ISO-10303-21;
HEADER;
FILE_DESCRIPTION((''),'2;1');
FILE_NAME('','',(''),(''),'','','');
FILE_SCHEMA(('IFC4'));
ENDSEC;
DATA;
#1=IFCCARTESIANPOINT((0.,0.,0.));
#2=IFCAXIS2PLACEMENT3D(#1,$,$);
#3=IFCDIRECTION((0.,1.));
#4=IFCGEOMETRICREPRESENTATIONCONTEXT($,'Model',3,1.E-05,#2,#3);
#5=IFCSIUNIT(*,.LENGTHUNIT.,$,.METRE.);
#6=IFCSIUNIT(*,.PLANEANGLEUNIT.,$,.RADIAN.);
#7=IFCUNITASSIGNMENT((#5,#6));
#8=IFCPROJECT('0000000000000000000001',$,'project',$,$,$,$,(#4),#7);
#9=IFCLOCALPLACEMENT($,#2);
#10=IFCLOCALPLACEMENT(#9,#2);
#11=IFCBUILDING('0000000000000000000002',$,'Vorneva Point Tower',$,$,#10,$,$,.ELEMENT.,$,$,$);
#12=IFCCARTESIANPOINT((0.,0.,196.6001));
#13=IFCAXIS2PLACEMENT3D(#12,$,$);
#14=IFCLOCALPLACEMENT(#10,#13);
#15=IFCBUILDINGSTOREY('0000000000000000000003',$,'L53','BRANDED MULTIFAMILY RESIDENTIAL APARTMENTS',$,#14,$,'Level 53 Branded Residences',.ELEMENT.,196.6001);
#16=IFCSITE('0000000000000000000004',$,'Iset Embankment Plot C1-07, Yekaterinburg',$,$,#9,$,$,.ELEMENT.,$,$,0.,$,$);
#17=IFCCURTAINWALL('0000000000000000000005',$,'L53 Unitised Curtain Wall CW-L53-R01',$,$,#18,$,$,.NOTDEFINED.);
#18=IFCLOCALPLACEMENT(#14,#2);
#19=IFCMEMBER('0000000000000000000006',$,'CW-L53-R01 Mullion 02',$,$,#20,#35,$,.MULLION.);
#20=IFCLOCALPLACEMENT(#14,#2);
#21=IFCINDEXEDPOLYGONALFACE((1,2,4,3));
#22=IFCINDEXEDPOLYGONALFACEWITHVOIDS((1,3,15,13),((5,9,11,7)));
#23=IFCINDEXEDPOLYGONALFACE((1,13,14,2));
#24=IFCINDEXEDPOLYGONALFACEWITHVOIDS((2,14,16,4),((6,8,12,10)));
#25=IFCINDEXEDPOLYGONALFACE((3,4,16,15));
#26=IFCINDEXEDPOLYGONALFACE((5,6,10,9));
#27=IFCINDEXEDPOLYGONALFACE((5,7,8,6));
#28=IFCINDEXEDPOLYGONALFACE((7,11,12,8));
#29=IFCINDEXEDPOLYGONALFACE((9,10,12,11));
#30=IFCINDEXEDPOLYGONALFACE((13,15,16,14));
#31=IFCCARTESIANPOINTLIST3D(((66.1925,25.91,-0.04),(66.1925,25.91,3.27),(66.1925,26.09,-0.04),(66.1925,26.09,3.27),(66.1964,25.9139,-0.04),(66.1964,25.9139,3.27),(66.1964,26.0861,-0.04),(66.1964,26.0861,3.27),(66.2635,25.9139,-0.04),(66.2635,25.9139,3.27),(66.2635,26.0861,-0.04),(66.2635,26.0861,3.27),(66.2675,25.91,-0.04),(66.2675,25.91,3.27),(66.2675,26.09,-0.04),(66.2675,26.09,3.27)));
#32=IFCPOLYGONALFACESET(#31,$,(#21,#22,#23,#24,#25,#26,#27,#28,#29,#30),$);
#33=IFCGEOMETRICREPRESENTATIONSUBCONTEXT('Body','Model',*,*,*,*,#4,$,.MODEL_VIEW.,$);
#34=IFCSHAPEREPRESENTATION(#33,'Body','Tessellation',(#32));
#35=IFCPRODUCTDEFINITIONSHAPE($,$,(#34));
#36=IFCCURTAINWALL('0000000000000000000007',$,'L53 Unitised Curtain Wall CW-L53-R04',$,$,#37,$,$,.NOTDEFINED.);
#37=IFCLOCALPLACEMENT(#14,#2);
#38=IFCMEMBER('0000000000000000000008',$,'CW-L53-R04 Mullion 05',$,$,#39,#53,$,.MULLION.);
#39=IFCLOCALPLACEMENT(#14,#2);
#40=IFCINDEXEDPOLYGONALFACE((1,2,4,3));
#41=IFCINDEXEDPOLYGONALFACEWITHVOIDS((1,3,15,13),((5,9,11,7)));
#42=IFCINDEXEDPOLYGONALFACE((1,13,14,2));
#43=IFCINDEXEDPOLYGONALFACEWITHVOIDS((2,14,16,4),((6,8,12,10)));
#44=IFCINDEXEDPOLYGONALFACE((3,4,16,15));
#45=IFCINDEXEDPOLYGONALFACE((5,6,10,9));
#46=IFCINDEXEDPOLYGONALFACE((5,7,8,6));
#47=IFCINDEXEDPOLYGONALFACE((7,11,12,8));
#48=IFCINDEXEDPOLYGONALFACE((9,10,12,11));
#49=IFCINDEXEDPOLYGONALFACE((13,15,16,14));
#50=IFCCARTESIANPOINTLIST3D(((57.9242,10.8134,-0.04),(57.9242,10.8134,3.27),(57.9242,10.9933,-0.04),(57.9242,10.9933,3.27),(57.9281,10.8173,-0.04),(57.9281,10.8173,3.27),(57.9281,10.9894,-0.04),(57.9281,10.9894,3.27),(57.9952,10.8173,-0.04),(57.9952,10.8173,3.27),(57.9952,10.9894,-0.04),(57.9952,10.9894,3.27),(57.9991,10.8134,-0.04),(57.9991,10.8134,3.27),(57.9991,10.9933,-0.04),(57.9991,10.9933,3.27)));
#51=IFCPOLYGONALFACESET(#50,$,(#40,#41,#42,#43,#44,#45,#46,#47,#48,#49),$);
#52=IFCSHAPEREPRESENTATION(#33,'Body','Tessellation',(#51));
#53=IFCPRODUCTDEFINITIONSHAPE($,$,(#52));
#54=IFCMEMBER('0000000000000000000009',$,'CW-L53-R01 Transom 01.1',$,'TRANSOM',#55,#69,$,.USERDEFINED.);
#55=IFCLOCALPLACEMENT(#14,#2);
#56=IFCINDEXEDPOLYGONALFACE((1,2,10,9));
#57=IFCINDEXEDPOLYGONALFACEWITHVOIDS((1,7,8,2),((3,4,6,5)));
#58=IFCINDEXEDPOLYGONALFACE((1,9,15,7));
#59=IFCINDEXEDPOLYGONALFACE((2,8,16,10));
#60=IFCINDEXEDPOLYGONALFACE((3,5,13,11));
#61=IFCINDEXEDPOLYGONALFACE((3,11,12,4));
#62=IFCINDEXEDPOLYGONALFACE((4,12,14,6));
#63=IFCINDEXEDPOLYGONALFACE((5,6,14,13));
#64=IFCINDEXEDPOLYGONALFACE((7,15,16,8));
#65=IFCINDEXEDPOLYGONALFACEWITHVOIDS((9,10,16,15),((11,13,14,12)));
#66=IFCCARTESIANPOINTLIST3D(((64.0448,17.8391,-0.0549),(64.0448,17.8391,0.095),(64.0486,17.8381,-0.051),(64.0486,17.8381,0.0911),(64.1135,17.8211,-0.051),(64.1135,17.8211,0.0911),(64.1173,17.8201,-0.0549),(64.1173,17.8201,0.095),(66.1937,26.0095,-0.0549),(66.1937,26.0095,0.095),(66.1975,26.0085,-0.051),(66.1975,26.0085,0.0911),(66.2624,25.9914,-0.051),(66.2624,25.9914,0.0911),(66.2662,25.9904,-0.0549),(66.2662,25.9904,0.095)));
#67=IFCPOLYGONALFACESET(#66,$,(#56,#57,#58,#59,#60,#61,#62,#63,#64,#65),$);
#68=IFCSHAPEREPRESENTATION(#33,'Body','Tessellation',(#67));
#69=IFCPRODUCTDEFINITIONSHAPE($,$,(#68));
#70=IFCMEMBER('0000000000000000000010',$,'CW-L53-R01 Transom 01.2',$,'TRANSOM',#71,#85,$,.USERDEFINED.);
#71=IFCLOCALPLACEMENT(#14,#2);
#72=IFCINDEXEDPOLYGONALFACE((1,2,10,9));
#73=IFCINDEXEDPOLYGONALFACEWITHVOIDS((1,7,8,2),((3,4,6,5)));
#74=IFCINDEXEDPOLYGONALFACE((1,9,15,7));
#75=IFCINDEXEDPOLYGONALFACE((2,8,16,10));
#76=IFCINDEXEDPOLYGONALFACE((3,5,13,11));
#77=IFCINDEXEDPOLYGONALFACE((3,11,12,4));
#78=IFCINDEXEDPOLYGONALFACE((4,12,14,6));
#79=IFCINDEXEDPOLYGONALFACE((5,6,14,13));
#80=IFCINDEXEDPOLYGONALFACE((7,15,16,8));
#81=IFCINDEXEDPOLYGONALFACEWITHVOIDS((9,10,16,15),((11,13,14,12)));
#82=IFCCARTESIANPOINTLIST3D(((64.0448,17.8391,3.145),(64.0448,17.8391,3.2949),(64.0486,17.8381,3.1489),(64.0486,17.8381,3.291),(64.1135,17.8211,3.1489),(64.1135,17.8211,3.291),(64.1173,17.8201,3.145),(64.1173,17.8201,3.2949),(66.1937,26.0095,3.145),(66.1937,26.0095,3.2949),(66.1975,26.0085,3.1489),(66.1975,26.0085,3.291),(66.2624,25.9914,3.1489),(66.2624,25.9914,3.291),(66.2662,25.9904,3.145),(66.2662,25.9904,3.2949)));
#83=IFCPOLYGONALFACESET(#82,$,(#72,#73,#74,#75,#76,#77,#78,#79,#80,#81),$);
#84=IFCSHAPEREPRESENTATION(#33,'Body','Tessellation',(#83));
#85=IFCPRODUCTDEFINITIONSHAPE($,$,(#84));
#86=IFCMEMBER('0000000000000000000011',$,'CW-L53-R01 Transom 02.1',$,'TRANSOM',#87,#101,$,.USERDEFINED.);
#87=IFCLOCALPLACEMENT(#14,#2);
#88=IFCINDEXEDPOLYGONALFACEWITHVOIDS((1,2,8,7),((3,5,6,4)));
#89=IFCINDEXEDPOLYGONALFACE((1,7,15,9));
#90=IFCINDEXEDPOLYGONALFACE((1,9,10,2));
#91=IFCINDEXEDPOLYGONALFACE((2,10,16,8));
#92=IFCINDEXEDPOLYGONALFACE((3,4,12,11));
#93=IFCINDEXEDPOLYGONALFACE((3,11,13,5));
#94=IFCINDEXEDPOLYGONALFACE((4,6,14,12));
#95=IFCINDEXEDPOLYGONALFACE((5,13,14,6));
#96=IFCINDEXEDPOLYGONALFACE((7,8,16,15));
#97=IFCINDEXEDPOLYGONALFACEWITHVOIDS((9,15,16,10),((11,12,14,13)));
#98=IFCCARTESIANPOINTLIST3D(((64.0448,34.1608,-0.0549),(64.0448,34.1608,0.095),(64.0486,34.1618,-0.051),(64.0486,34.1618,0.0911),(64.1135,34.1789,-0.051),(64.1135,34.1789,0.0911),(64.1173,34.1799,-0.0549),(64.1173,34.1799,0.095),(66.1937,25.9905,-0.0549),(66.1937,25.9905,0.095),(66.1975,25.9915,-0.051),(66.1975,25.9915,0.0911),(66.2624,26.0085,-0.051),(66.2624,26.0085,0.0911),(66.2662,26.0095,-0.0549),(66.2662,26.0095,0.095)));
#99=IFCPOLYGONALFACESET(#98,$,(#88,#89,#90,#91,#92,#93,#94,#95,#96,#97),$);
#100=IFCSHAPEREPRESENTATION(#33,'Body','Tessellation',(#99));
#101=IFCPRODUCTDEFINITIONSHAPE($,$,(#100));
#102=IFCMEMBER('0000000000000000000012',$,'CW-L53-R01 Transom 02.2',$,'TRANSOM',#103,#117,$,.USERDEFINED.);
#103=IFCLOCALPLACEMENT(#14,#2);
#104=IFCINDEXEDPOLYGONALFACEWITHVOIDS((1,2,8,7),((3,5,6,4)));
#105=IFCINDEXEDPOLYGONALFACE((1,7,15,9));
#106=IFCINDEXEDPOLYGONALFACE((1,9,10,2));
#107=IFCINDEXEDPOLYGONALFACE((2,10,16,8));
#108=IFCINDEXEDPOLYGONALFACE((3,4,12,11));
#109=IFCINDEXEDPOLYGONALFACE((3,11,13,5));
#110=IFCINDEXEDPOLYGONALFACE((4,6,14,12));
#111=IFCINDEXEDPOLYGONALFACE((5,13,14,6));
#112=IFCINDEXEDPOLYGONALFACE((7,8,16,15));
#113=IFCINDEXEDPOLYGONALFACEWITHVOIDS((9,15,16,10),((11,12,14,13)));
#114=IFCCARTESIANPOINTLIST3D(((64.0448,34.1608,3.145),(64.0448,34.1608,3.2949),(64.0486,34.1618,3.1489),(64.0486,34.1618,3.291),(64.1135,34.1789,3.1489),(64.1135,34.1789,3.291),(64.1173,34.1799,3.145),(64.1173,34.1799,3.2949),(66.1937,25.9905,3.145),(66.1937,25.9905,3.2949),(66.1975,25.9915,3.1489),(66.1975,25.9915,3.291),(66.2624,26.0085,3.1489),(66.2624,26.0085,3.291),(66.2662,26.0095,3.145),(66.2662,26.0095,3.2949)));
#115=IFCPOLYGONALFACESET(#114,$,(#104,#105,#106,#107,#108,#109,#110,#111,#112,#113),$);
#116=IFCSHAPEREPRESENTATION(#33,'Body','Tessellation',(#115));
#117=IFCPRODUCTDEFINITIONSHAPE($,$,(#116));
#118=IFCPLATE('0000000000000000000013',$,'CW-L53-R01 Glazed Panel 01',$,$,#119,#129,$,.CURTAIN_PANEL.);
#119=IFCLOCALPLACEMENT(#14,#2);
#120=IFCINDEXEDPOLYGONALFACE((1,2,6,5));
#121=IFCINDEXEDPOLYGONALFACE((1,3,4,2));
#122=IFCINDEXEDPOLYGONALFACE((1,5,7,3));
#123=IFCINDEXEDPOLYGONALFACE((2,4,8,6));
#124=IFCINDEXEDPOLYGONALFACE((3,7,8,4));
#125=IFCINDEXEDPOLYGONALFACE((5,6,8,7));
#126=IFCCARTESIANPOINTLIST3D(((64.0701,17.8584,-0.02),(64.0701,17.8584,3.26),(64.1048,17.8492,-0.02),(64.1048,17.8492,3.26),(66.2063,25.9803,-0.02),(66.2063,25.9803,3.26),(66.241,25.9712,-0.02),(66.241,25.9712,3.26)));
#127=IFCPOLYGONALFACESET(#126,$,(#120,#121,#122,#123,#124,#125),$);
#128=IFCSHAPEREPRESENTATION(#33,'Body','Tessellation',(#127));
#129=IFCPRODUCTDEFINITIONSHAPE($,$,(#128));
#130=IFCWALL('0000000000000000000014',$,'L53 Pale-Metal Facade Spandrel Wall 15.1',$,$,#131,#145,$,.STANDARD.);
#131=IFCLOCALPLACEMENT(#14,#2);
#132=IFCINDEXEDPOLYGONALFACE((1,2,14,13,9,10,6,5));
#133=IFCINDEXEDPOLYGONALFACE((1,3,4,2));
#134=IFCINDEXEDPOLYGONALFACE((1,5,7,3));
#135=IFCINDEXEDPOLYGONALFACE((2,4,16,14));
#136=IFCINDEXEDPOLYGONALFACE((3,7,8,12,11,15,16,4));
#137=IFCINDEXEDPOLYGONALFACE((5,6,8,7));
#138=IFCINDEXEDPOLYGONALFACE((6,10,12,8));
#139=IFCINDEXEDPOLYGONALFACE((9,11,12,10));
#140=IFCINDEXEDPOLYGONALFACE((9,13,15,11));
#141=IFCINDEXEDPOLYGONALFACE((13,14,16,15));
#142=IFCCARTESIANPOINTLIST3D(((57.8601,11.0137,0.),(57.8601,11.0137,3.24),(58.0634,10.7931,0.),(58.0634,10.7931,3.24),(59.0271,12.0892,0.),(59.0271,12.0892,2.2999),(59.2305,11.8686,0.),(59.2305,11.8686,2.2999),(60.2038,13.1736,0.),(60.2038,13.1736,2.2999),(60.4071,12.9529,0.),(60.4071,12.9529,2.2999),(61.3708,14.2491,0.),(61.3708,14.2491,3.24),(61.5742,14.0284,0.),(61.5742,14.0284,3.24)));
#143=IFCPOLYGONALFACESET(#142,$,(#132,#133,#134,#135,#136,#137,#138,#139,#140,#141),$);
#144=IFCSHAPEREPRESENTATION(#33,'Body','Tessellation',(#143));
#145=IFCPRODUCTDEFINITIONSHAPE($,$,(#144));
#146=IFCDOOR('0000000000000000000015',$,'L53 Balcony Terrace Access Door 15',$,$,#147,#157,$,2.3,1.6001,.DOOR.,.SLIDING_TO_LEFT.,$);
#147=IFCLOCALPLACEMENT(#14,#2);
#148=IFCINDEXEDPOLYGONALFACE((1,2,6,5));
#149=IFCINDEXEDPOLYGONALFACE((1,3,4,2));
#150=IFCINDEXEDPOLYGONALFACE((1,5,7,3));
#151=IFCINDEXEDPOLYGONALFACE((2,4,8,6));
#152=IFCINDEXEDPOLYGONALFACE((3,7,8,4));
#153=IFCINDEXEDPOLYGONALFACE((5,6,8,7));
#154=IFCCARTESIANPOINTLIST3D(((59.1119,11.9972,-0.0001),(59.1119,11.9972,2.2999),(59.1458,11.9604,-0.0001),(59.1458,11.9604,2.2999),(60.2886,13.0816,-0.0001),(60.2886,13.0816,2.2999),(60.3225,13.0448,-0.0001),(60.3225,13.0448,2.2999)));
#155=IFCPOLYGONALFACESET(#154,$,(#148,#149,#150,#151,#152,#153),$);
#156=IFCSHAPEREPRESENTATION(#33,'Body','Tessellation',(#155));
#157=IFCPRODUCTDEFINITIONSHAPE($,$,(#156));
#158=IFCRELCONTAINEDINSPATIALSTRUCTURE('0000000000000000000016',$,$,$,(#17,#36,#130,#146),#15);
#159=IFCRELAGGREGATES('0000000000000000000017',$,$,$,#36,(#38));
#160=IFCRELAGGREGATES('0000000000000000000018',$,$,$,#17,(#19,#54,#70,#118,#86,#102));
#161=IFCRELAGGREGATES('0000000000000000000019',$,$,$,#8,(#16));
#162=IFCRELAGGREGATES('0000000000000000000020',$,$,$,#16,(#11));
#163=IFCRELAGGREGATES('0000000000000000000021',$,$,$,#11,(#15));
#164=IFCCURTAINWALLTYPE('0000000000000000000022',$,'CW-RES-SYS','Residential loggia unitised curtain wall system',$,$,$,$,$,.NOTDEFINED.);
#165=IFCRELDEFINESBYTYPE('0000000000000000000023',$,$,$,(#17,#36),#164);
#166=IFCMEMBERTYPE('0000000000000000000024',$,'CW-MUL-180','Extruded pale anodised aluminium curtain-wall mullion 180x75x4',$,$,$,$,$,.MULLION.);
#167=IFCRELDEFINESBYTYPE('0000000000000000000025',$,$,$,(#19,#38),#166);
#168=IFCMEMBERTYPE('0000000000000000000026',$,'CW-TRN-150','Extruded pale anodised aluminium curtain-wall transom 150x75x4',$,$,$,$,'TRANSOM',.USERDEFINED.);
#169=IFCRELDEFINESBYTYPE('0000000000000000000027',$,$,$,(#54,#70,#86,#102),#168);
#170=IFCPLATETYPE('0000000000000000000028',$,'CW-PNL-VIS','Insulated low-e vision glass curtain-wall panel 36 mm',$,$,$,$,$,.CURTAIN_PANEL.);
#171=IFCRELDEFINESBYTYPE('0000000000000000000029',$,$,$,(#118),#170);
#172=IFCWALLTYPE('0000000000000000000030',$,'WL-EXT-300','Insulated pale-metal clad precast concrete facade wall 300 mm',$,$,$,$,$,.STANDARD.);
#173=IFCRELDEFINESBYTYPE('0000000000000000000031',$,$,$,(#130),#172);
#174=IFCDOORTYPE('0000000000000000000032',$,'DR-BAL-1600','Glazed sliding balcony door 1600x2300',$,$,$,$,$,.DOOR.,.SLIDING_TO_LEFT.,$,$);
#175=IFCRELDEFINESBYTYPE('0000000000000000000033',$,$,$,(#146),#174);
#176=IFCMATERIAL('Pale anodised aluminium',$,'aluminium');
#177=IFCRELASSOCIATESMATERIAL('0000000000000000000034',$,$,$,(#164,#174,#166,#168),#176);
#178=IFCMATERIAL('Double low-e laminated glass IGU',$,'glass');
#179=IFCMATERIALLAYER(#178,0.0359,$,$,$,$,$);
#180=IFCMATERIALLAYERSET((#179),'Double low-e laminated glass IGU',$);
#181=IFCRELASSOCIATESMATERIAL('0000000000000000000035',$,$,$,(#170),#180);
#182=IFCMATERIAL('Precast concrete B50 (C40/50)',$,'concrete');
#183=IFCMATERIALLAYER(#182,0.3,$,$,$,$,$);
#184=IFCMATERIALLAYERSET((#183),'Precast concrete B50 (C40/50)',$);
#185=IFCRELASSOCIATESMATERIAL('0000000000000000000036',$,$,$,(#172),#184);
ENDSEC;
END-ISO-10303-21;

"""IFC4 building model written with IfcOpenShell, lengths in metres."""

from ifc_helpers import new_model, si_unit, direction, frame, frame_2d, origin, origin_2d, place, context, subcontext, project, spatial, rectangle, hollow_rectangle, extrude, material, layer, layer_set, material_profile, profile_set, type_object, element, fill, aggregate, save


model = new_model("IFC4")

# Units and contexts
model_context = context("Model", 3, precision=1e-05, world=origin(), true_north=direction((0.0, 1.0)))
body_context = subcontext(model_context, "Body", "Model", "MODEL_VIEW")
ifc_project = project(units=[si_unit("LENGTHUNIT", "METRE"), si_unit("PLANEANGLEUNIT", "RADIAN")], contexts=[model_context])

# Site, building, storey
site_placement = place(None, origin())
site = spatial("IfcSite", under=ifc_project, at=site_placement, Name="Iset Embankment Plot C1-07, Yekaterinburg", CompositionType="ELEMENT", RefElevation=0.0)
building_placement = place(site_placement, origin())
building = spatial("IfcBuilding", under=site, at=building_placement, Name="Vorneva Point Tower", CompositionType="ELEMENT")
storey_placement = place(building_placement, frame((0.0, 0.0, 196.6001)))
storey = spatial("IfcBuildingStorey", under=building, at=storey_placement, Name="L53", Description="BRANDED MULTIFAMILY RESIDENTIAL APARTMENTS", LongName="Level 53 Branded Residences", CompositionType="ELEMENT", Elevation=196.6001)

# Curtain wall, member
ifc_material_1 = material(Name="Pale anodised aluminium", Category="aluminium")
curtain_wall_type = type_object("IfcCurtainWallType", Name="CW-RES-SYS", Description="Residential loggia unitised curtain wall system", PredefinedType="NOTDEFINED", material=ifc_material_1)
curtain_wall_1_placement = place(storey_placement, origin())
curtain_wall_1 = element("IfcCurtainWall", 1, at=curtain_wall_1_placement, inside=storey, type_object=curtain_wall_type, Name="L53 Unitised Curtain Wall CW-L53-R01", PredefinedType="NOTDEFINED")
ifc_material_profile_1 = material_profile(ifc_material_1, hollow_rectangle(XDim=0.075, YDim=0.1799, WallThickness=0.0039, at=origin_2d()), Name="AL-MUL 180x75x4")
ifc_profile_set_1 = profile_set([ifc_material_profile_1], Name="Pale anodised aluminium")
member_type_1 = type_object("IfcMemberType", Name="CW-MUL-180", Description="Extruded pale anodised aluminium curtain-wall mullion 180x75x4", PredefinedType="MULLION", material=ifc_profile_set_1)
member_1_placement = place(storey_placement, frame((66.23, 26.0, -0.04), z_axis=(0.0, 0.0, 1.0), x_axis=(1.0, 0.0, 0.0)))
member_1 = element("IfcMember", 2, at=member_1_placement, type_object=member_type_1, Name="CW-L53-R01 Mullion 02", PredefinedType="MULLION", context=body_context, shape_type="SweptSolid", body=[
    extrude(hollow_rectangle(XDim=0.075, YDim=0.1799, WallThickness=0.0039, at=origin_2d()), origin(), (0.0, 0.0, 1.0), 3.3101),
])

# Curtain wall, member
curtain_wall_2_placement = place(storey_placement, origin())
curtain_wall_2 = element("IfcCurtainWall", 3, at=curtain_wall_2_placement, inside=storey, type_object=curtain_wall_type, Name="L53 Unitised Curtain Wall CW-L53-R04", PredefinedType="NOTDEFINED")
member_2_placement = place(storey_placement, frame((57.9617, 10.9033, -0.04), z_axis=(0.0, 0.0, 1.0), x_axis=(1.0, 0.0, 0.0)))
member_2 = element("IfcMember", 4, at=member_2_placement, type_object=member_type_1, Name="CW-L53-R04 Mullion 05", PredefinedType="MULLION", context=body_context, shape_type="SweptSolid", body=[
    extrude(hollow_rectangle(XDim=0.075, YDim=0.1799, WallThickness=0.0039, at=origin_2d()), origin(), (0.0, 0.0, 1.0), 3.3101),
])
aggregate(curtain_wall_2, [member_2])

# Members
ifc_material_profile_2 = material_profile(ifc_material_1, hollow_rectangle(XDim=0.075, YDim=0.1499, WallThickness=0.0039, at=origin_2d()), Name="AL-TRN 150x75x4")
ifc_profile_set_2 = profile_set([ifc_material_profile_2], Name="Pale anodised aluminium")
member_type_2 = type_object("IfcMemberType", Name="CW-TRN-150", Description="Extruded pale anodised aluminium curtain-wall transom 150x75x4", ElementType="TRANSOM", PredefinedType="USERDEFINED", material=ifc_profile_set_2)
member_3_placement = place(storey_placement, frame((64.0811, 17.8296, 0.02), z_axis=(0.254362, 0.967109, 0.0), x_axis=(-0.967109, 0.254362, 0.0)))
member_3 = element("IfcMember", 5, at=member_3_placement, type_object=member_type_2, Name="CW-L53-R01 Transom 01.1", ObjectType="TRANSOM", PredefinedType="USERDEFINED", context=body_context, shape_type="SweptSolid", body=[
    extrude(hollow_rectangle(XDim=0.075, YDim=0.1499, WallThickness=0.0039, at=origin_2d()), origin(), (0.0, 0.0, 1.0), 8.4482),
])
member_4_placement = place(storey_placement, frame((64.0811, 17.8296, 3.22), z_axis=(0.254362, 0.967109, 0.0), x_axis=(-0.967109, 0.254362, 0.0)))
member_4 = element("IfcMember", 6, at=member_4_placement, type_object=member_type_2, Name="CW-L53-R01 Transom 01.2", ObjectType="TRANSOM", PredefinedType="USERDEFINED", context=body_context, shape_type="SweptSolid", body=[
    extrude(hollow_rectangle(XDim=0.075, YDim=0.1499, WallThickness=0.0039, at=origin_2d()), origin(), (0.0, 0.0, 1.0), 8.4482),
])
member_5_placement = place(storey_placement, frame((66.23, 26.0, 0.02), z_axis=(-0.254362, 0.967109, 0.0), x_axis=(-0.967109, -0.254362, 0.0)))
member_5 = element("IfcMember", 7, at=member_5_placement, type_object=member_type_2, Name="CW-L53-R01 Transom 02.1", ObjectType="TRANSOM", PredefinedType="USERDEFINED", context=body_context, shape_type="SweptSolid", body=[
    extrude(hollow_rectangle(XDim=0.075, YDim=0.1499, WallThickness=0.0039, at=origin_2d()), origin(), (0.0, 0.0, 1.0), 8.4482),
])
member_6_placement = place(storey_placement, frame((66.23, 26.0, 3.22), z_axis=(-0.254362, 0.967109, 0.0), x_axis=(-0.967109, -0.254362, 0.0)))
member_6 = element("IfcMember", 8, at=member_6_placement, type_object=member_type_2, Name="CW-L53-R01 Transom 02.2", ObjectType="TRANSOM", PredefinedType="USERDEFINED", context=body_context, shape_type="SweptSolid", body=[
    extrude(hollow_rectangle(XDim=0.075, YDim=0.1499, WallThickness=0.0039, at=origin_2d()), origin(), (0.0, 0.0, 1.0), 8.4482),
])

# Plate
ifc_material_2 = material(Name="Double low-e laminated glass IGU", Category="glass")
ifc_layer_1 = layer(ifc_material_2, 0.0359)
ifc_layer_set_1 = layer_set([ifc_layer_1], Name="Double low-e laminated glass IGU")
plate_type = type_object("IfcPlateType", Name="CW-PNL-VIS", Description="Insulated low-e vision glass curtain-wall panel 36 mm", PredefinedType="CURTAIN_PANEL", material=ifc_layer_set_1)
plate_placement = place(storey_placement, frame((65.1555, 21.9148, -0.02), z_axis=(0.0, 0.0, 1.0), x_axis=(0.254366, 0.967108, 0.0)))
plate = element("IfcPlate", 9, at=plate_placement, type_object=plate_type, Name="CW-L53-R01 Glazed Panel 01", PredefinedType="CURTAIN_PANEL", context=body_context, shape_type="SweptSolid", body=[
    extrude(rectangle(XDim=8.3982, YDim=0.0359, at=origin_2d()), origin(), (0.0, 0.0, 1.0), 3.28),
])
aggregate(curtain_wall_1, [member_1, member_3, member_4, plate, member_5, member_6])

# Wall, opening, door
ifc_material_3 = material(Name="Precast concrete B50 (C40/50)", Category="concrete")
ifc_layer_2 = layer(ifc_material_3, 0.3)
ifc_layer_set_2 = layer_set([ifc_layer_2], Name="Precast concrete B50 (C40/50)")
wall_type_1 = type_object("IfcWallType", Name="WL-EXT-300", Description="Insulated pale-metal clad precast concrete facade wall 300 mm", PredefinedType="STANDARD", material=ifc_layer_set_2)
wall_1_placement = place(storey_placement, frame((57.9617, 10.9033, 0.0), z_axis=(0.0, 0.0, 1.0), x_axis=(0.73536, 0.677677, 0.0)))
wall_1 = element("IfcWall", 10, at=wall_1_placement, inside=storey, type_object=wall_type_1, Name="L53 Pale-Metal Facade Spandrel Wall 15.1", PredefinedType="STANDARD", context=body_context, shape_type="SweptSolid", body=[
    extrude(rectangle(XDim=4.7742, YDim=0.3, at=frame_2d((2.3872, 0.0))), origin(), (0.0, 0.0, 1.0), 3.24),
])
opening_1_placement = place(wall_1_placement, frame((1.5872, 0.0, 0.0)))
opening_1 = element("IfcOpeningElement", 11, at=opening_1_placement, cuts=wall_1, PredefinedType="OPENING", context=body_context, shape_type="SweptSolid", body=[
    extrude(rectangle(XDim=1.6001, YDim=2.3, at=frame_2d((0.8, 1.1499))), frame((0.0, 0.165, 0.0), z_axis=(0.0, -1.0, 0.0), x_axis=(1.0, 0.0, 0.0)), (0.0, 0.0, 1.0), 0.3298),
])
door_type = type_object("IfcDoorType", Name="DR-BAL-1600", Description="Glazed sliding balcony door 1600x2300", OperationType="SLIDING_TO_LEFT", PredefinedType="DOOR", material=ifc_material_1)
door_placement = place(opening_1_placement, origin())
door = element("IfcDoor", 12, at=door_placement, inside=storey, type_object=door_type, Name="L53 Balcony Terrace Access Door 15", OperationType="SLIDING_TO_LEFT", OverallHeight=2.3, OverallWidth=1.6001, PredefinedType="DOOR", context=body_context, shape_type="SweptSolid", body=[
    extrude(rectangle(XDim=1.6001, YDim=2.3, at=frame_2d((0.8, 1.1499))), frame((0.0, 0.0249, 0.0), z_axis=(0.0, -1.0, 0.0), x_axis=(1.0, 0.0, 0.0)), (0.0, 0.0, 1.0), 0.05),
])
fill(opening_1, door)

save(model, "model.ifc")
